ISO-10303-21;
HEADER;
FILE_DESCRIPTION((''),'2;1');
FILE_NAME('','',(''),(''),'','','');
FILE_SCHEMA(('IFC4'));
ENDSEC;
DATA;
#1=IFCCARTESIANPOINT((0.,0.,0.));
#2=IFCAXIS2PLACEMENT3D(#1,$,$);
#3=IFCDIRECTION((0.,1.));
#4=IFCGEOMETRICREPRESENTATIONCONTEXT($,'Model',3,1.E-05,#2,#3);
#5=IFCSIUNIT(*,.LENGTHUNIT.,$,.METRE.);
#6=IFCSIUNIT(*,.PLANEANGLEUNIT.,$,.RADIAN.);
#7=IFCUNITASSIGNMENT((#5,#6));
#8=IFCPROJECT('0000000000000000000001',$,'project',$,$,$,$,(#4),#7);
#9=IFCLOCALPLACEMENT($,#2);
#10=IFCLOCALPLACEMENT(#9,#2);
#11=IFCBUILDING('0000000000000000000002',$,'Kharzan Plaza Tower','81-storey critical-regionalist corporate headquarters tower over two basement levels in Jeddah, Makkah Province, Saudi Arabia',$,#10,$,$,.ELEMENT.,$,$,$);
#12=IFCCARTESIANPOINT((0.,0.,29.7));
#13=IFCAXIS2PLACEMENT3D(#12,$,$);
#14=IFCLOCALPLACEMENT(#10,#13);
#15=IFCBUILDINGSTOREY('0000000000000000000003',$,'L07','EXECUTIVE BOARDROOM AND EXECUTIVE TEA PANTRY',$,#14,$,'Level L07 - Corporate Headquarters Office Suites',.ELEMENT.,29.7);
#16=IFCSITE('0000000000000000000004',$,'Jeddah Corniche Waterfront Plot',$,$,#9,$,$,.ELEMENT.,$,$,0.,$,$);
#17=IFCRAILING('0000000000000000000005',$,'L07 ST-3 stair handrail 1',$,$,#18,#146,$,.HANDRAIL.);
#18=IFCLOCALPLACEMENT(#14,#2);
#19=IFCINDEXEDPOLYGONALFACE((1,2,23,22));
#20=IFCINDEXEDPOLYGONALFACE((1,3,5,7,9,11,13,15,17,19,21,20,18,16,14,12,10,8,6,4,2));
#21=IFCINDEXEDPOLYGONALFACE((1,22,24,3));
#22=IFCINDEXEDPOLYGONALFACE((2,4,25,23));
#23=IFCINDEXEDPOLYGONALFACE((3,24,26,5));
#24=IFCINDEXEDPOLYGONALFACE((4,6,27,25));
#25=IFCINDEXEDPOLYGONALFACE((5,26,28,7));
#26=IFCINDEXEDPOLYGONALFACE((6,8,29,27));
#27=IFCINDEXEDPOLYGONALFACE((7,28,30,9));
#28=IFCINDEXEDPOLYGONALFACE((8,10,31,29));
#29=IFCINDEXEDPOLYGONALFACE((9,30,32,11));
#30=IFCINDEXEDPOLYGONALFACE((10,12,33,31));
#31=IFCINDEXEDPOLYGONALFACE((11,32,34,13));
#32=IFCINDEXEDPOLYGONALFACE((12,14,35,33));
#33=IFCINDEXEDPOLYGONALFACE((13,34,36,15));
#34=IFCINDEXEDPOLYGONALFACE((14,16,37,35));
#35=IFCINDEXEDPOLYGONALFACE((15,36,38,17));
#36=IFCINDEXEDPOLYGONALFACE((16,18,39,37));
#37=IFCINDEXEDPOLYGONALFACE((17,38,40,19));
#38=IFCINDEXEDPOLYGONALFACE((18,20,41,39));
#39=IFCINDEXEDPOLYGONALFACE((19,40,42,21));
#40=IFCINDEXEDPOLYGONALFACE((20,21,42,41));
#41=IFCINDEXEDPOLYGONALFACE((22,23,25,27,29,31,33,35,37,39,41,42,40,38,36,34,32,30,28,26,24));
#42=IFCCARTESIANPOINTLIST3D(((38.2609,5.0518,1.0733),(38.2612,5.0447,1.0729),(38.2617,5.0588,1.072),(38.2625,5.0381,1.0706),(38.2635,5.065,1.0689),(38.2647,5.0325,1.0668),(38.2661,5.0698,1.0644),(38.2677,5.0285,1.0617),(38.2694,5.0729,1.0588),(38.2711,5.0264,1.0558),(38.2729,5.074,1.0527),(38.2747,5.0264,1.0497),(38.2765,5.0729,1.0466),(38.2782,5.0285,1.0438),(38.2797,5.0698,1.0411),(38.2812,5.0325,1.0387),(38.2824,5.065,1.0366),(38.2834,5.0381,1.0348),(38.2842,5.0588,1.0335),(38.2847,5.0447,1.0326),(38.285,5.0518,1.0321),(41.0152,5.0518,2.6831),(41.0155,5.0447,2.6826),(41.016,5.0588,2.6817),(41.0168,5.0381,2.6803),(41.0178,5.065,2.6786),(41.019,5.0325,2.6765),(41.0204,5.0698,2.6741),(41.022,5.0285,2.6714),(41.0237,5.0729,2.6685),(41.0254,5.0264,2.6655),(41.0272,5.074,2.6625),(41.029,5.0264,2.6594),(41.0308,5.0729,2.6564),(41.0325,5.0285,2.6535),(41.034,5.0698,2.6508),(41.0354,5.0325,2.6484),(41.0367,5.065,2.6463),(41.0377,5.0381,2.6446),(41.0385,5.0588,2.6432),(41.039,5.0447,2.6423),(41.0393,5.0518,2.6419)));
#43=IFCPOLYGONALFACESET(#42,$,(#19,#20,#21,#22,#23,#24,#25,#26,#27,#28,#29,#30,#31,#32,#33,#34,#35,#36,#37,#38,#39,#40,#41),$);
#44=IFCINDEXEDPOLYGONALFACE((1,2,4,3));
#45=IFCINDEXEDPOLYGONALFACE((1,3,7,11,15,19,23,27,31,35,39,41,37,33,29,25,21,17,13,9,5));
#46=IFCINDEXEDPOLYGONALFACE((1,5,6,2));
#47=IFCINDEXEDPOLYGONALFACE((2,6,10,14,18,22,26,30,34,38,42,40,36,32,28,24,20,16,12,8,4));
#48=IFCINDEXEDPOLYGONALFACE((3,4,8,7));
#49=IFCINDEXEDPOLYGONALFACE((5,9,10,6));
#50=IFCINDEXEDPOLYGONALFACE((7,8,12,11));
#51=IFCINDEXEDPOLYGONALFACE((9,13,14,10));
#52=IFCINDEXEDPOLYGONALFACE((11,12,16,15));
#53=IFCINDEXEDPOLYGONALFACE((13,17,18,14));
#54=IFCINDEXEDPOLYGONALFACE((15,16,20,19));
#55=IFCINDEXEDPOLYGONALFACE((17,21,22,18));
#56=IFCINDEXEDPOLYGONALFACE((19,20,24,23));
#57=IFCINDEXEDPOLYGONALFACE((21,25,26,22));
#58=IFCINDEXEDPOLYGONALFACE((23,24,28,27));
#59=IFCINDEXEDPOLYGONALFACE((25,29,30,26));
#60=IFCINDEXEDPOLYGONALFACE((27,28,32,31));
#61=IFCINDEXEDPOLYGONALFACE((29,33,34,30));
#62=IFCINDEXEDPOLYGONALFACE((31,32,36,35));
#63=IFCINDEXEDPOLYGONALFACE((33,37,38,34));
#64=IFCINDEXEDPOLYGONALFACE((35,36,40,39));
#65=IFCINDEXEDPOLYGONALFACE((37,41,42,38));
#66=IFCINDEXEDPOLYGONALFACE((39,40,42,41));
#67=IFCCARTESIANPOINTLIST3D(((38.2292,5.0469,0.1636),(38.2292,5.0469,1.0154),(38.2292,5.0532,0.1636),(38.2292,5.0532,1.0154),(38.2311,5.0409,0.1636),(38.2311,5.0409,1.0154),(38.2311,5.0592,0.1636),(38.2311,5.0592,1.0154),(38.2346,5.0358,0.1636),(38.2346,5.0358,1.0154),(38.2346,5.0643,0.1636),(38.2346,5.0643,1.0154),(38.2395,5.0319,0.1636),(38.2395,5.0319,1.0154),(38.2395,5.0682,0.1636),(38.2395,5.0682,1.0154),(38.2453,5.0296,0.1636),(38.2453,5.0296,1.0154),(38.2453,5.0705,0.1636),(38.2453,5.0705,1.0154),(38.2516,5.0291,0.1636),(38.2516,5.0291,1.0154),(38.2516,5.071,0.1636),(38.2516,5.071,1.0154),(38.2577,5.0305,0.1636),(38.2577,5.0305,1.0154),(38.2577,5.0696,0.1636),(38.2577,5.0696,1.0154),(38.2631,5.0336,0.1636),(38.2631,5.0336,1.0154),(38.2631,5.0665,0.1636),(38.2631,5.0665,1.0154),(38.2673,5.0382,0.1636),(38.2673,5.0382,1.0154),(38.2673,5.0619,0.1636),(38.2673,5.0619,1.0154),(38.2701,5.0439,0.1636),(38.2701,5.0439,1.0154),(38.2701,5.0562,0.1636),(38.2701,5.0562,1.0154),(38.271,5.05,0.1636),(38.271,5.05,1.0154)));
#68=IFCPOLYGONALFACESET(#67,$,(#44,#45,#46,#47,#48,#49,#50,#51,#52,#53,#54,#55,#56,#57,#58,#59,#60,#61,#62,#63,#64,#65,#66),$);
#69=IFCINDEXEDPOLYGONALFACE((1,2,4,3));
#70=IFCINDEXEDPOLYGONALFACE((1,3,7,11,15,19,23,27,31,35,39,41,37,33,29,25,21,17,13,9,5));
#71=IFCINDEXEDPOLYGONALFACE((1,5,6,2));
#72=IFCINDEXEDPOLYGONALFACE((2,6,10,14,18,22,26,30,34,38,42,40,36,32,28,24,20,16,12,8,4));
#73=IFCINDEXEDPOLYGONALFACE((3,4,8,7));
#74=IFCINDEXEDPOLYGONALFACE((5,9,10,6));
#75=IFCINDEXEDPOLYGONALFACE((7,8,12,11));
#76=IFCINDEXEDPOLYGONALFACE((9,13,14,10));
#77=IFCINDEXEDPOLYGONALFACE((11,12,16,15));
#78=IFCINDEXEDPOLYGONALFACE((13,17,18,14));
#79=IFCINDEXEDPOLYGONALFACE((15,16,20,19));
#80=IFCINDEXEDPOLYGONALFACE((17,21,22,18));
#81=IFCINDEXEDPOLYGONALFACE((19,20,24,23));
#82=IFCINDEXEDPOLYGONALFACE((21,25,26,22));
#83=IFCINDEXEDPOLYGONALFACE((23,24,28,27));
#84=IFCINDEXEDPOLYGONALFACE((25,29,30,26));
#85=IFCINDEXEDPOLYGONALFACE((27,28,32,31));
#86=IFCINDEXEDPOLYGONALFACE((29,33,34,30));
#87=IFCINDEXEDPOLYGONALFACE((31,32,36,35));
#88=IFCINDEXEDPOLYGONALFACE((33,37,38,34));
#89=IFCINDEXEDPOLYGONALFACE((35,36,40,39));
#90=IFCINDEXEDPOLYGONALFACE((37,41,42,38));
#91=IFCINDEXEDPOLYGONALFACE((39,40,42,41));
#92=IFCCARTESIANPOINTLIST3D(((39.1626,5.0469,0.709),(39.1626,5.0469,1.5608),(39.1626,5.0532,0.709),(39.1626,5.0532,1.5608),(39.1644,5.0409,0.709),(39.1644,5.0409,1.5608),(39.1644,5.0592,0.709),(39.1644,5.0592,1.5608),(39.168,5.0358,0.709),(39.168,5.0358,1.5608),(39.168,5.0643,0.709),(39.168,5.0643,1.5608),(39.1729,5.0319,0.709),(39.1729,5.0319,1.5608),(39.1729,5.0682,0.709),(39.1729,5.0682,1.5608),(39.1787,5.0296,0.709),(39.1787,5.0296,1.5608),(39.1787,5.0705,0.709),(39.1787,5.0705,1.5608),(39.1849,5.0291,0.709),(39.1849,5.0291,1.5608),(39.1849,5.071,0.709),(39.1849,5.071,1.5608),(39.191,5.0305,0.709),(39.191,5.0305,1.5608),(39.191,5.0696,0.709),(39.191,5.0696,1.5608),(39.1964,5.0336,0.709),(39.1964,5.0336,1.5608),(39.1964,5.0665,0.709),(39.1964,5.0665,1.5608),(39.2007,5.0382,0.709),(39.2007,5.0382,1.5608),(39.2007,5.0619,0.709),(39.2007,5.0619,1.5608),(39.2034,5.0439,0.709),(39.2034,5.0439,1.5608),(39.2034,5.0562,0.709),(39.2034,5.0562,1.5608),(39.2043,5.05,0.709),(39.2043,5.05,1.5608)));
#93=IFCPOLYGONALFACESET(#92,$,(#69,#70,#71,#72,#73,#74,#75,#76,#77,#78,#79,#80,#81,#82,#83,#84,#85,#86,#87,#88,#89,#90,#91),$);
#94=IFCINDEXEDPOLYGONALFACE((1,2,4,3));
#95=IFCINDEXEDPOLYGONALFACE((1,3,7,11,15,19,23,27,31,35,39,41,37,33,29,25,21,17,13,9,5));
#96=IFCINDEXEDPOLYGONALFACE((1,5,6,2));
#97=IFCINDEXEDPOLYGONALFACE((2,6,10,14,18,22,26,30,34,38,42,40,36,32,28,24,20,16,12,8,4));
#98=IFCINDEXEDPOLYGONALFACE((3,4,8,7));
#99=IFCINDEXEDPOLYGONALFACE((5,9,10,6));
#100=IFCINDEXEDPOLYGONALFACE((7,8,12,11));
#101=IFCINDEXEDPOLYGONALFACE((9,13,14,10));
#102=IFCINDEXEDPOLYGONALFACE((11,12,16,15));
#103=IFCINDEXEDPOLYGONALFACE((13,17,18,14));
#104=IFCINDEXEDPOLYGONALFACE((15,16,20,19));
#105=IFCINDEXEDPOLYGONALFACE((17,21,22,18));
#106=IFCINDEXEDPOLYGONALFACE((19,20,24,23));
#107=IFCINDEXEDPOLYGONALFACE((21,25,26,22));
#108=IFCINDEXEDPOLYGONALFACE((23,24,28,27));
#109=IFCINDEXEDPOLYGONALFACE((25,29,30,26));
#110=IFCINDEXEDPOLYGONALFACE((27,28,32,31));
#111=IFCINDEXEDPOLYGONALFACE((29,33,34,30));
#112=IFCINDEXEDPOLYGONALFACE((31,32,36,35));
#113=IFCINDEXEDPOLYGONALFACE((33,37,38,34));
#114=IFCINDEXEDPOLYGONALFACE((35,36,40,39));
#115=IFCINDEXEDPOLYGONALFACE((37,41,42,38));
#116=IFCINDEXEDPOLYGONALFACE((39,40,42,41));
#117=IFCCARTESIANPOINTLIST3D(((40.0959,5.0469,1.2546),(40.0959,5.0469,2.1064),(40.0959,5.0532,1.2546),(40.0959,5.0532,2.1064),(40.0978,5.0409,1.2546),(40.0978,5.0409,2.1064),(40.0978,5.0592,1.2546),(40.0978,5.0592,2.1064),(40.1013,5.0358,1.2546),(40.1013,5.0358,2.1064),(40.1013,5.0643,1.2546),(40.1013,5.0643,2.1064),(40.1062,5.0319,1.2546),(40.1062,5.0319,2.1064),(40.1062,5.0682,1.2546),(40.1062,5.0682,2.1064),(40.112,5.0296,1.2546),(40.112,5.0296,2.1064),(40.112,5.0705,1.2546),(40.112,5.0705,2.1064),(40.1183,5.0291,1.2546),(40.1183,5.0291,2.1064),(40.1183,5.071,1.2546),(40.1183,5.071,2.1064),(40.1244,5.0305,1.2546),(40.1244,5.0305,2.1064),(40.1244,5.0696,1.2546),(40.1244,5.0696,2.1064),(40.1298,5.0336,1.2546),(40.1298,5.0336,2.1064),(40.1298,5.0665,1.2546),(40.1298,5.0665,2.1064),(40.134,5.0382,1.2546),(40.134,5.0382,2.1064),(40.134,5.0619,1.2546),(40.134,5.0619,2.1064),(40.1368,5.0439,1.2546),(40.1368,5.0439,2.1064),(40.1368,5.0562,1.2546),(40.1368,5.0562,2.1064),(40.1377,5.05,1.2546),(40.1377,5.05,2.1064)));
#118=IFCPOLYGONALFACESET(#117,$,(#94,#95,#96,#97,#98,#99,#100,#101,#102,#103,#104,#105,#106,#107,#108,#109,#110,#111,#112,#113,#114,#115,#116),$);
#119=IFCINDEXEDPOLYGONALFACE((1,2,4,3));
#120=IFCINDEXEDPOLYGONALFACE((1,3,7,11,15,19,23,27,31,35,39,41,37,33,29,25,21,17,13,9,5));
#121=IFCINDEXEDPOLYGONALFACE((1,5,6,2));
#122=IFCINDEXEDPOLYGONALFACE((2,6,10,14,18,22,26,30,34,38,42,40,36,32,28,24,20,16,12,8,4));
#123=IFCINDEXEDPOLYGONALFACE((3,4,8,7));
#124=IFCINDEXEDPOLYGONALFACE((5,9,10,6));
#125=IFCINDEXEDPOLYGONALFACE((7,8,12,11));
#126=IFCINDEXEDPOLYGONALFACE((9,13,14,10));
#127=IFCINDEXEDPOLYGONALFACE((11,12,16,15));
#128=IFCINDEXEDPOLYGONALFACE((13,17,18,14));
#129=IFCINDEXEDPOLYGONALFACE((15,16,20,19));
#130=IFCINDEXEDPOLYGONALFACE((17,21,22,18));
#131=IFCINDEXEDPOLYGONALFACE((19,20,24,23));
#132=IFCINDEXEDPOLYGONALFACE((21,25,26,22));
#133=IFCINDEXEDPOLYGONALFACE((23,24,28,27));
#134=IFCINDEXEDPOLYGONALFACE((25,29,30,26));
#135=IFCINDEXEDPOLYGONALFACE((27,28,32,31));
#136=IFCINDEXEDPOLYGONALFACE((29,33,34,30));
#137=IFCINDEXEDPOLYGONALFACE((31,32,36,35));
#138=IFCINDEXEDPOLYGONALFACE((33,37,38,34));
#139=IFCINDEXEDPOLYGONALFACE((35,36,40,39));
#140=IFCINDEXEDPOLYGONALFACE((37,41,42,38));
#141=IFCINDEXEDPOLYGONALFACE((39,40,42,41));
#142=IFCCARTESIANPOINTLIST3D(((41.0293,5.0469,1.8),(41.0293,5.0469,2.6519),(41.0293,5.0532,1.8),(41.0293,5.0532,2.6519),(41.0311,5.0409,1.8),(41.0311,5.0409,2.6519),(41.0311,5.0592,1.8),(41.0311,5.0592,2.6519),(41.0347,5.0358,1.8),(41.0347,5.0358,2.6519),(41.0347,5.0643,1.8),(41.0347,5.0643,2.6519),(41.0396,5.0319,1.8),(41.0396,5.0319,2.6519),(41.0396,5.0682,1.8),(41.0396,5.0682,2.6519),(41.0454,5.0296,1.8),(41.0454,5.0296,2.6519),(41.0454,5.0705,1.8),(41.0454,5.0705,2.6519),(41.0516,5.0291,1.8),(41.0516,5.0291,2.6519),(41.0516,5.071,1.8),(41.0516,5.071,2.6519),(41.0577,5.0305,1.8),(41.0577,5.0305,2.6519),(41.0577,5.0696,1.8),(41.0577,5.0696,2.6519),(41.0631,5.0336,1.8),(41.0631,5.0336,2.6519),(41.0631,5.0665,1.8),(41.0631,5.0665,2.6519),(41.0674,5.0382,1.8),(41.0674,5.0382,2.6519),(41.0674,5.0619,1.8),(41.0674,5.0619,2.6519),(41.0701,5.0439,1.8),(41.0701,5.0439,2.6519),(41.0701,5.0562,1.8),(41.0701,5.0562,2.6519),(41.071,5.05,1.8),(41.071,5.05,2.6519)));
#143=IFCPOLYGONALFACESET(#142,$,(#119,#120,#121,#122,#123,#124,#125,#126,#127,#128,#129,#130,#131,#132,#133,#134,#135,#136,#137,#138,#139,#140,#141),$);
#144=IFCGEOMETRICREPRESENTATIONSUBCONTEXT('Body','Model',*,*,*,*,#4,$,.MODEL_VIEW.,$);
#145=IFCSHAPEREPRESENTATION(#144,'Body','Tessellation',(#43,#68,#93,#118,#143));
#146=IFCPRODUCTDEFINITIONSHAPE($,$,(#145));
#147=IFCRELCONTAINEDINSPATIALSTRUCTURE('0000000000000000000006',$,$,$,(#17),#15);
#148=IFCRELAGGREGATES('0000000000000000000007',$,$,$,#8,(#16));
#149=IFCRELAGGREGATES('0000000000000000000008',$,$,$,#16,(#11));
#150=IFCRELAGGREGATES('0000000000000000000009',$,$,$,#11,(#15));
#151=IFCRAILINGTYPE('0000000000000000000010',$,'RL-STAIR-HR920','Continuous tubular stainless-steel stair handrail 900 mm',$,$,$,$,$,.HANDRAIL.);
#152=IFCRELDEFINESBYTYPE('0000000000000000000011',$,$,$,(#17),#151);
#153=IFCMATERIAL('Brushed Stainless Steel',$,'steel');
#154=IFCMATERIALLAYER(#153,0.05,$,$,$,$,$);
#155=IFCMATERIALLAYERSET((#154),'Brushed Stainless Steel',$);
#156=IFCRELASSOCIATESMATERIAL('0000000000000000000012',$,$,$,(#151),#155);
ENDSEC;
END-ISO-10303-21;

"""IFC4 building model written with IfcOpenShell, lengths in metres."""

from ifc_helpers import new_model, si_unit, direction, frame, origin, origin_2d, place, context, subcontext, project, spatial, circle, extrude, source, transform, mapped, material, layer, layer_set, type_object, element, save


model = new_model("IFC4")

# Units and contexts
model_context = context("Model", 3, precision=1e-05, world=origin(), true_north=direction((0.0, 1.0)))
body_context = subcontext(model_context, "Body", "Model", "MODEL_VIEW")
ifc_project = project(units=[si_unit("LENGTHUNIT", "METRE"), si_unit("PLANEANGLEUNIT", "RADIAN")], contexts=[model_context])

# Site, building, storey
site_placement = place(None, origin())
site = spatial("IfcSite", under=ifc_project, at=site_placement, Name="Jeddah Corniche Waterfront Plot", CompositionType="ELEMENT", RefElevation=0.0)
building_placement = place(site_placement, origin())
building = spatial("IfcBuilding", under=site, at=building_placement, Name="Kharzan Plaza Tower", Description="81-storey critical-regionalist corporate headquarters tower over two basement levels in Jeddah, Makkah Province, Saudi Arabia", CompositionType="ELEMENT")
storey_placement = place(building_placement, frame((0.0, 0.0, 29.7)))
storey = spatial("IfcBuildingStorey", under=building, at=storey_placement, Name="L07", Description="EXECUTIVE BOARDROOM AND EXECUTIVE TEA PANTRY", LongName="Level L07 - Corporate Headquarters Office Suites", CompositionType="ELEMENT", Elevation=29.7)

# Shared definitions
ifc_material_1 = material(Name="Brushed Stainless Steel", Category="steel")

# Railing
ifc_layer_1 = layer(ifc_material_1, 0.05)
ifc_layer_set_1 = layer_set([ifc_layer_1], Name="Brushed Stainless Steel")
railing_type_1 = type_object("IfcRailingType", Name="RL-STAIR-HR920", Description="Continuous tubular stainless-steel stair handrail 900 mm", PredefinedType="HANDRAIL", material=ifc_layer_set_1)
shared_shape_1 = source(origin(), body_context, "Body", "SweptSolid", [
    extrude(circle(Radius=0.0239, at=origin_2d()), frame((0.0229, 0.0, 0.8892), z_axis=(0.863361, 0.0, 0.504587), x_axis=(0.0, 1.0, 0.0)), (0.0, 0.0, 1.0), 3.1902),
    extrude(circle(Radius=0.021, at=origin_2d()), origin(), (0.0, 0.0, 1.0), 0.8518),
    extrude(circle(Radius=0.021, at=origin_2d()), frame((0.9333, 0.0, 0.5454)), (0.0, 0.0, 1.0), 0.8518),
    extrude(circle(Radius=0.021, at=origin_2d()), frame((1.8667, 0.0, 1.0911)), (0.0, 0.0, 1.0), 0.8518),
    extrude(circle(Radius=0.021, at=origin_2d()), frame((2.8, 0.0, 1.6365)), (0.0, 0.0, 1.0), 0.8518),
])
railing_1_placement = place(storey_placement, frame((38.25, 5.05, 0.1636)))
element("IfcRailing", 1, at=railing_1_placement, inside=storey, type_object=railing_type_1, Name="L07 ST-3 stair handrail 1", PredefinedType="HANDRAIL", context=body_context, shape_type="MappedRepresentation", body=[
    mapped(shared_shape_1, transform((0.0, 0.0, 0.0), x_axis=(1.0, 0.0, 0.0), y_axis=(0.0, 1.0, 0.0), z_axis=(0.0, 0.0, 1.0))),
])

save(model, "model.ifc")
